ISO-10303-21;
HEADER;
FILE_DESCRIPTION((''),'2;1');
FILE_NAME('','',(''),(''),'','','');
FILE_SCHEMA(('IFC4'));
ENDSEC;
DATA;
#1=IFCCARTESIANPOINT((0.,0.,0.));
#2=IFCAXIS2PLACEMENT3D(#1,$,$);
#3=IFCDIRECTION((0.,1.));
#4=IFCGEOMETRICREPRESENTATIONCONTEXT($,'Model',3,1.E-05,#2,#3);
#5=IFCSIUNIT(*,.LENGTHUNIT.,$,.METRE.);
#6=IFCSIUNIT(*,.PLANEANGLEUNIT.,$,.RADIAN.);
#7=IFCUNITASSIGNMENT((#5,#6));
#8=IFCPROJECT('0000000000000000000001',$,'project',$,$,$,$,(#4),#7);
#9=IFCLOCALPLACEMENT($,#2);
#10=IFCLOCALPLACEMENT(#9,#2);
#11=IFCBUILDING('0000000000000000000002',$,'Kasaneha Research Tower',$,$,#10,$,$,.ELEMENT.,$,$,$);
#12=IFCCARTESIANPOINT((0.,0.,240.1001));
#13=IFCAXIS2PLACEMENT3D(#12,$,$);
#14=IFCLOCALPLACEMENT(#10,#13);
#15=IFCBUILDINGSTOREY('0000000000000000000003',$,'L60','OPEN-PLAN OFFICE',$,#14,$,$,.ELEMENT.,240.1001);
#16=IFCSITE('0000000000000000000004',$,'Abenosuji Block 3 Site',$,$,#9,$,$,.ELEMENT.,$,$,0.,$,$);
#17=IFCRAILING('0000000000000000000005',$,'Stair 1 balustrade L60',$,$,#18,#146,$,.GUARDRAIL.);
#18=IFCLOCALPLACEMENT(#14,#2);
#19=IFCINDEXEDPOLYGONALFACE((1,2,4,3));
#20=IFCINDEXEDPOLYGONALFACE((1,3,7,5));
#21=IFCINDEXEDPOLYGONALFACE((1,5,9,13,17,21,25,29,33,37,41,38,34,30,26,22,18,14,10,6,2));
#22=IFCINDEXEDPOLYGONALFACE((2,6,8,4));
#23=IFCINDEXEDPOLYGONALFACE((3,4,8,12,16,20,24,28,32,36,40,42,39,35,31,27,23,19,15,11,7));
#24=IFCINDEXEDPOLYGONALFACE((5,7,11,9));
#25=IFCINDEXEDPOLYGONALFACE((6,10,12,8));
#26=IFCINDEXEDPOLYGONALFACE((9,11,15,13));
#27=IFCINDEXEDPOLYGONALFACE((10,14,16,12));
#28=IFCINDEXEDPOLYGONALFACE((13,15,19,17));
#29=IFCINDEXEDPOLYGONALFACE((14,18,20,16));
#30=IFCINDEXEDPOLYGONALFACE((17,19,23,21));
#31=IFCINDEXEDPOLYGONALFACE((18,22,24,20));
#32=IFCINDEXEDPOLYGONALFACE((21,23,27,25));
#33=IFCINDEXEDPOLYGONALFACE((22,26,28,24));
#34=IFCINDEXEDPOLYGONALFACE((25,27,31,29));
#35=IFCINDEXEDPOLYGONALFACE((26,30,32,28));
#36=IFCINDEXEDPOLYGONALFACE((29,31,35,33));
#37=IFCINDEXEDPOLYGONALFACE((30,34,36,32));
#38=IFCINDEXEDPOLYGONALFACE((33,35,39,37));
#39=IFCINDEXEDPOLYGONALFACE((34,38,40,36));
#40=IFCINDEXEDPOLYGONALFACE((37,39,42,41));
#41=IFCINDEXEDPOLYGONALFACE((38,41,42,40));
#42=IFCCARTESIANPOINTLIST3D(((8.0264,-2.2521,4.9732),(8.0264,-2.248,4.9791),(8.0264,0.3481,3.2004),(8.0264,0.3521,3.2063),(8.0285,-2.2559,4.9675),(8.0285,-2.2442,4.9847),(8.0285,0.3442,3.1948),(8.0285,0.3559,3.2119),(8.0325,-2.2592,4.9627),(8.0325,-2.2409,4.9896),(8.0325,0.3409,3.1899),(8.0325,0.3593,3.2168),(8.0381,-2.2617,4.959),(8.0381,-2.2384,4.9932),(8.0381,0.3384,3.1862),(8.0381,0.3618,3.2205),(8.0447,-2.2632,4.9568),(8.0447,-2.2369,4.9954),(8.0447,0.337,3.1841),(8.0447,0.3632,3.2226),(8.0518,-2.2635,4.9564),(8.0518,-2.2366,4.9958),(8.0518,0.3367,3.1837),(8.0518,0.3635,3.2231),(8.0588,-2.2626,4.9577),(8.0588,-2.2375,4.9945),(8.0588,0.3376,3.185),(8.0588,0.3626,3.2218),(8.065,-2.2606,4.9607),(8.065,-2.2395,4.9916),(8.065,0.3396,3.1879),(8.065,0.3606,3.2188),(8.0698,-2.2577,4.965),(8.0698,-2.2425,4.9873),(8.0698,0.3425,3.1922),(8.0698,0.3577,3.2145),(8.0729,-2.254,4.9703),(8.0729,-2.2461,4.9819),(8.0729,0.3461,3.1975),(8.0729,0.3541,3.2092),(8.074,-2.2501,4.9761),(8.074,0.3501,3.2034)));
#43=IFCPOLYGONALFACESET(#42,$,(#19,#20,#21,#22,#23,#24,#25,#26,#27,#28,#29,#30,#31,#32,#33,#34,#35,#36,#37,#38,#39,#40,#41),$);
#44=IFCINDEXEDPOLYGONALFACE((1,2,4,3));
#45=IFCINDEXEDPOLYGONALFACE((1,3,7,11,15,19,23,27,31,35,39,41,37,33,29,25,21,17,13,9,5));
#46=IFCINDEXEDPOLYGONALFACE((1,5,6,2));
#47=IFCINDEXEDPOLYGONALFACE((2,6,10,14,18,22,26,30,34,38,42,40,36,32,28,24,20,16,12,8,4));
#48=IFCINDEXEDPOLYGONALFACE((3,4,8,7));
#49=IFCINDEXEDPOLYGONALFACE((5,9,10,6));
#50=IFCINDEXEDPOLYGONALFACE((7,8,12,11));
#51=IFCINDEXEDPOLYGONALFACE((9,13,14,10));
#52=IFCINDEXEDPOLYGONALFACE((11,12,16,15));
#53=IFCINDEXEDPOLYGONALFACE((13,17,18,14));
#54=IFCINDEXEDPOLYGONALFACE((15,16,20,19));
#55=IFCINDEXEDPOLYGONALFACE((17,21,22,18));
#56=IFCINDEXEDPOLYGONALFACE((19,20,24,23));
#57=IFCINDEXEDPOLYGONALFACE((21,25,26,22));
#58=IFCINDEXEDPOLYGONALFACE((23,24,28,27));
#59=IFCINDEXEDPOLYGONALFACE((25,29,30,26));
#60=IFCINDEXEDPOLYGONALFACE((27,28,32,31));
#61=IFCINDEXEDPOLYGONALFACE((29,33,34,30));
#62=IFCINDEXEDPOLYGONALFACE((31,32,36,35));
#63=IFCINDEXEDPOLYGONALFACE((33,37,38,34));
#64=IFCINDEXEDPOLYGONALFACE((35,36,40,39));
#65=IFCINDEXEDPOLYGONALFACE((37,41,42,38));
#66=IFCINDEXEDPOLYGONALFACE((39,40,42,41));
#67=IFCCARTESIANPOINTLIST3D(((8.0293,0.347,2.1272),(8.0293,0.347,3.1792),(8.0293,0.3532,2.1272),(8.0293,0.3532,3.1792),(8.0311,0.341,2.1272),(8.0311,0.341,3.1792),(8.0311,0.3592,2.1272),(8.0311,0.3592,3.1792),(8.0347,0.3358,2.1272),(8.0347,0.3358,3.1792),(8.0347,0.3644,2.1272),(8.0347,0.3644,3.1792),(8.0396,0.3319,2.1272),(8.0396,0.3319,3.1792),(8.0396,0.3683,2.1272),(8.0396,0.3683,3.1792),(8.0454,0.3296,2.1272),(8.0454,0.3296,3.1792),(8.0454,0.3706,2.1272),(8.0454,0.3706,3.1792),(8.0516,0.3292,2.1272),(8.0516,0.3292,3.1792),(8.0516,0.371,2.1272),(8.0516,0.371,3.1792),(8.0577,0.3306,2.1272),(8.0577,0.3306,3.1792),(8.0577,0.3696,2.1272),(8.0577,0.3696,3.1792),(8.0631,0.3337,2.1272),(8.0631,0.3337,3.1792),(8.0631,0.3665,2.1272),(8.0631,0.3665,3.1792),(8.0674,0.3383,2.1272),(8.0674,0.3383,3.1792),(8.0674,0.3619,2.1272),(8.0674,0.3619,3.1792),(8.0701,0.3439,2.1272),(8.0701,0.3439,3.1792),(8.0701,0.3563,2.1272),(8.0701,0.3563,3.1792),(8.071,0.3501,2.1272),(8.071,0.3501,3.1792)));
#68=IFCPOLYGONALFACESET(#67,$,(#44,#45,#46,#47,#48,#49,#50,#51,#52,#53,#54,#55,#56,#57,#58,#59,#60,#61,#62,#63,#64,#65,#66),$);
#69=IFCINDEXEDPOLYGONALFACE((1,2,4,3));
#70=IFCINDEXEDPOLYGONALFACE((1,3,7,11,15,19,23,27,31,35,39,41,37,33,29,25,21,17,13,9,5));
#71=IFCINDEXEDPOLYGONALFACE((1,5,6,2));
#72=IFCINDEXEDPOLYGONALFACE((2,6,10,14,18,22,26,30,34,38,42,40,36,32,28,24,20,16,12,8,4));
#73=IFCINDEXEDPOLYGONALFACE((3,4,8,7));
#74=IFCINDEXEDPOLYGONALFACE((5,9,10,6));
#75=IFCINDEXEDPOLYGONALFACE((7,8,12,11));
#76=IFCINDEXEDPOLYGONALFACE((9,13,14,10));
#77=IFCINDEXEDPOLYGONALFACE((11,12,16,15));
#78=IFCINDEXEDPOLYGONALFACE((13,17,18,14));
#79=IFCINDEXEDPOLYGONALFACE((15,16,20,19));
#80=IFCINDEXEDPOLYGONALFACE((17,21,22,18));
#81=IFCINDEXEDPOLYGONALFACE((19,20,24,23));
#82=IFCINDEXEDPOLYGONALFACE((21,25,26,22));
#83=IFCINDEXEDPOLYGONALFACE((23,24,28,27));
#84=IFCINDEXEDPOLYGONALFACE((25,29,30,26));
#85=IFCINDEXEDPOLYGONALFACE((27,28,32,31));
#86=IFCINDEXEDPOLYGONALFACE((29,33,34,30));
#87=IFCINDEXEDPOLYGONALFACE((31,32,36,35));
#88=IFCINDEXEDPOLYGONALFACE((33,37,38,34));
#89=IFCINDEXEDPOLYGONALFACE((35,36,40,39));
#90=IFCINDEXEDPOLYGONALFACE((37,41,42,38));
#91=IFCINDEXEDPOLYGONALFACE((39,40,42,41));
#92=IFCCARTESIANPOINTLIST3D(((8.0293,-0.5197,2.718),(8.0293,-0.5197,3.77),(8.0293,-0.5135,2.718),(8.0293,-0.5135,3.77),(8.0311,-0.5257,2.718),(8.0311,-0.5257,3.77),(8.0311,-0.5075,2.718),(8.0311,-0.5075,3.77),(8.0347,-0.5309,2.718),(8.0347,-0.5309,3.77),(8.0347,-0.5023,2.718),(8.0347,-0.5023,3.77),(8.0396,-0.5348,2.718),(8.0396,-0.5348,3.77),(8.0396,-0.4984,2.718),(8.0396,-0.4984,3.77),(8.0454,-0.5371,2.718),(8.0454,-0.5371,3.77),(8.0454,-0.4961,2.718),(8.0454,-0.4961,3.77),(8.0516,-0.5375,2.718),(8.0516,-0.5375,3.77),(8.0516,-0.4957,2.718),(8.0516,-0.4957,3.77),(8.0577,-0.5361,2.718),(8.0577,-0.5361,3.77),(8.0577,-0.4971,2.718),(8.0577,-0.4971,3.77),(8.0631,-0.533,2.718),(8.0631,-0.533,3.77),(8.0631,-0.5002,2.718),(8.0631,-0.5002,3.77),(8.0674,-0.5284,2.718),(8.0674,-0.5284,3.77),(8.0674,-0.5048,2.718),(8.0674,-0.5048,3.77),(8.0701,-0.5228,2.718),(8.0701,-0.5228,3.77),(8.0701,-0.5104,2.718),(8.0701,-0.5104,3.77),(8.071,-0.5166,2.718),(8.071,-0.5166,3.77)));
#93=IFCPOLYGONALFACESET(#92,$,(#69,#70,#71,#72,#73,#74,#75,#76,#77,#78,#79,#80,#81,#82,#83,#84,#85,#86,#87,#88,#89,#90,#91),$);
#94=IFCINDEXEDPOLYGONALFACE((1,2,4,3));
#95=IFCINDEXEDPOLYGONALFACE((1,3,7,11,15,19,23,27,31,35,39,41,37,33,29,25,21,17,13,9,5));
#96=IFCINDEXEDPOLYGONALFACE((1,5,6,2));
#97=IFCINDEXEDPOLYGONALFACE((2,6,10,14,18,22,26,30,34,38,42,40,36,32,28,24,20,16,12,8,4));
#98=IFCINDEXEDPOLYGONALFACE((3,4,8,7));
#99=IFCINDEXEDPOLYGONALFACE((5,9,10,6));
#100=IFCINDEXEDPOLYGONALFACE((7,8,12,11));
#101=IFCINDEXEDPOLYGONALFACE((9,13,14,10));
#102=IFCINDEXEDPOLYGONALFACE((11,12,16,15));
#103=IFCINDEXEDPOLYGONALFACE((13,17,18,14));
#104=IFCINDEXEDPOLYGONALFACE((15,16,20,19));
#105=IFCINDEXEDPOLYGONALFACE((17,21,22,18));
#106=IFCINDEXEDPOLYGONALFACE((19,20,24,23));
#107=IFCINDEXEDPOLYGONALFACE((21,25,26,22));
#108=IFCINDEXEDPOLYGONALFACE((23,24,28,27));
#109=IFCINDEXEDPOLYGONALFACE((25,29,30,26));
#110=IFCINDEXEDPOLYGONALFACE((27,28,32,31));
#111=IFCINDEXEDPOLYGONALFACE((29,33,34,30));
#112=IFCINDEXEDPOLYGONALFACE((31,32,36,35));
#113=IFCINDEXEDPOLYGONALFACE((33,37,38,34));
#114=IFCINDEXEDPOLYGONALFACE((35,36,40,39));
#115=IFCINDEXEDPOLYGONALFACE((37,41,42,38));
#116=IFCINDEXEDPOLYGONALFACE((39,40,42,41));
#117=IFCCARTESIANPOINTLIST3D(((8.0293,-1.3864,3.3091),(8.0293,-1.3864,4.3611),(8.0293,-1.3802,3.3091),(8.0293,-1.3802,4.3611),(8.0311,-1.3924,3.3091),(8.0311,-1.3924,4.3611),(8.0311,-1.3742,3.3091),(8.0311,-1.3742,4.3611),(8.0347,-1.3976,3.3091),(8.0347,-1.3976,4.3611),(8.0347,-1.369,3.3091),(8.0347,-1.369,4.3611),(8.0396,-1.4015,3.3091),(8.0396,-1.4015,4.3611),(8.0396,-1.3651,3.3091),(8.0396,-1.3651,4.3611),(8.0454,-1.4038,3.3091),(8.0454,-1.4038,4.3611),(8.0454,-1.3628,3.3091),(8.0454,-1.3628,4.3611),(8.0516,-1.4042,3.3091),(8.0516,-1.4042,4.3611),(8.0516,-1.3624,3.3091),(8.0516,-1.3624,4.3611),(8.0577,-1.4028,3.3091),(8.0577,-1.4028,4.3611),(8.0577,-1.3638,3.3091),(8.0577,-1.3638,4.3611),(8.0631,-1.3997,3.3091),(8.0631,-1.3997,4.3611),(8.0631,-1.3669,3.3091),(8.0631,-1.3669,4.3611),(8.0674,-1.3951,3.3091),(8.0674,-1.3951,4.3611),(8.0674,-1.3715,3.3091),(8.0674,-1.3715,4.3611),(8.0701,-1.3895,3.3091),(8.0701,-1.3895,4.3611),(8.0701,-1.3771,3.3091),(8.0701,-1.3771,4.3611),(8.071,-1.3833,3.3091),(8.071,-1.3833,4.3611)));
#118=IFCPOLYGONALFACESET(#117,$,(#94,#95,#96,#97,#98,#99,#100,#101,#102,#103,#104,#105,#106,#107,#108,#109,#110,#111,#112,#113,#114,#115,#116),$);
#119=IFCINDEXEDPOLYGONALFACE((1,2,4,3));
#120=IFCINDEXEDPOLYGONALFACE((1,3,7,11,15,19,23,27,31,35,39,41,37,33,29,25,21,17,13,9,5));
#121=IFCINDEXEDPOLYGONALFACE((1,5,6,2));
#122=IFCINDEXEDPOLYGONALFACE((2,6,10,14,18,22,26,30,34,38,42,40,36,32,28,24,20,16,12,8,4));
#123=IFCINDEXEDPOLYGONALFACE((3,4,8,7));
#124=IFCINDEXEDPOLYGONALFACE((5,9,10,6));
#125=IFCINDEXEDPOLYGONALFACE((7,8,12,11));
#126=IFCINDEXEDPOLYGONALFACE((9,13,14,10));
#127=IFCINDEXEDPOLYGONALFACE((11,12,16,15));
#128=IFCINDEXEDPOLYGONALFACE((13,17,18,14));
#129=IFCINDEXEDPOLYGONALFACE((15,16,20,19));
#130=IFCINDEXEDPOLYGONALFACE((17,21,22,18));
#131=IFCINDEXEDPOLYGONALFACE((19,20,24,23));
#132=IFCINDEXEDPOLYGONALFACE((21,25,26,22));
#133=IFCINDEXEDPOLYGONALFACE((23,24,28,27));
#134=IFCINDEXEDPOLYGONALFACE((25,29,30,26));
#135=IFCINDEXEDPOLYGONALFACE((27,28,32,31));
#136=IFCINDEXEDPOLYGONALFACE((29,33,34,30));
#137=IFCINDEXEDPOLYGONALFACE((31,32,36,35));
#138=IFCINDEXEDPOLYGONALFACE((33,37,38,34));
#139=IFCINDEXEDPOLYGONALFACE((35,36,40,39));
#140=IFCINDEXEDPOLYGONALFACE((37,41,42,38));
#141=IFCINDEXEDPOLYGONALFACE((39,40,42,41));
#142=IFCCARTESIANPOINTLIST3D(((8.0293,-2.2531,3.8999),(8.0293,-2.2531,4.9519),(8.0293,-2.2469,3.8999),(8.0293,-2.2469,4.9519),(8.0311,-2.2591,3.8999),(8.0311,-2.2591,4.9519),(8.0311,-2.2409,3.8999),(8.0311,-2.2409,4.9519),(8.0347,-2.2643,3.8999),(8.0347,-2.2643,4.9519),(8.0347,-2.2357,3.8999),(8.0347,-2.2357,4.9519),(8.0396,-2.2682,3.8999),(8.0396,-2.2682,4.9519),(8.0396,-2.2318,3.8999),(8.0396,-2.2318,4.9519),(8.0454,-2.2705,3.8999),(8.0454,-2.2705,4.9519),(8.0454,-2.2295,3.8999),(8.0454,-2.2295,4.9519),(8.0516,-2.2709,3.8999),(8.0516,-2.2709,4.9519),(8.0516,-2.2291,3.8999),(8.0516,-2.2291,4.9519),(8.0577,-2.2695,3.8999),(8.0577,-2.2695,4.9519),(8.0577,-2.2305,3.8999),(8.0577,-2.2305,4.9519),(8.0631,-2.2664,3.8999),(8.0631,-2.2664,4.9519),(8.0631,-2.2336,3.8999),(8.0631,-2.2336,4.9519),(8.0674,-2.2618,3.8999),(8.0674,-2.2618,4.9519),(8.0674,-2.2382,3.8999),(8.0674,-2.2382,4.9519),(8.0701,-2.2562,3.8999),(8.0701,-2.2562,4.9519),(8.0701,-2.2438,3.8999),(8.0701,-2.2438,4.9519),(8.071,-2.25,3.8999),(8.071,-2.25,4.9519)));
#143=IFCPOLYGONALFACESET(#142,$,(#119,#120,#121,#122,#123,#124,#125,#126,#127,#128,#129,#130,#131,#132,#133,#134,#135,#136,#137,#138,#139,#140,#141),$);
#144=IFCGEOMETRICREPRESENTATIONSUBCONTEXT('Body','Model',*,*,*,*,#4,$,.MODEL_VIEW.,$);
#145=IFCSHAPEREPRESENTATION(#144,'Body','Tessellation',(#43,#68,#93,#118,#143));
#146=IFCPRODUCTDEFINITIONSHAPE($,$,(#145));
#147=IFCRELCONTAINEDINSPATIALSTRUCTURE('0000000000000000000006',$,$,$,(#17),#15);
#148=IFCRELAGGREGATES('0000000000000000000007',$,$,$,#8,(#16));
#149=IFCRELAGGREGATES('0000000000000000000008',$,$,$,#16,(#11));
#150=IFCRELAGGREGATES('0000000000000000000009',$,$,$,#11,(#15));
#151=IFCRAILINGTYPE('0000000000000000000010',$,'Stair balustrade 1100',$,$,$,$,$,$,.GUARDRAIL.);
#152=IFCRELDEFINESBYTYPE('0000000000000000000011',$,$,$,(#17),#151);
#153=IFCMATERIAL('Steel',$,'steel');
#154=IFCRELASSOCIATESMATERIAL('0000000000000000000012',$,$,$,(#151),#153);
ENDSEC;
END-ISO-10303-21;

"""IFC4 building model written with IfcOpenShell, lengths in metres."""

from ifc_helpers import new_model, si_unit, direction, frame, origin, origin_2d, place, context, subcontext, project, spatial, circle, extrude, material, type_object, element, save


model = new_model("IFC4")

# Units and contexts
model_context = context("Model", 3, precision=1e-05, world=origin(), true_north=direction((0.0, 1.0)))
body_context = subcontext(model_context, "Body", "Model", "MODEL_VIEW")
ifc_project = project(units=[si_unit("LENGTHUNIT", "METRE"), si_unit("PLANEANGLEUNIT", "RADIAN")], contexts=[model_context])

# Site, building, storey
site_placement = place(None, origin())
site = spatial("IfcSite", under=ifc_project, at=site_placement, Name="Abenosuji Block 3 Site", CompositionType="ELEMENT", RefElevation=0.0)
building_placement = place(site_placement, origin())
building = spatial("IfcBuilding", under=site, at=building_placement, Name="Kasaneha Research Tower", CompositionType="ELEMENT")
storey_placement = place(building_placement, frame((0.0, 0.0, 240.1001)))
storey = spatial("IfcBuildingStorey", under=building, at=storey_placement, Name="L60", Description="OPEN-PLAN OFFICE", CompositionType="ELEMENT", Elevation=240.1001)

# Railing
ifc_material_1 = material(Name="Steel", Category="steel")
railing_type_1 = type_object("IfcRailingType", Name="Stair balustrade 1100", PredefinedType="GUARDRAIL", material=ifc_material_1)
railing_1_placement = place(storey_placement, frame((8.05, 0.3501, 2.1272)))
element("IfcRailing", 1, at=railing_1_placement, inside=storey, type_object=railing_type_1, Name="Stair 1 balustrade L60", PredefinedType="GUARDRAIL", context=body_context, shape_type="SweptSolid", body=[
    extrude(circle(Radius=0.0239, at=origin_2d()), frame((0.0, 0.0, 1.0762), z_axis=(0.0, -0.82624, 0.563318), x_axis=(1.0, 0.0, 0.0)), (0.0, 0.0, 1.0), 3.147),
    extrude(circle(Radius=0.021, at=origin_2d()), origin(), (0.0, 0.0, 1.0), 1.052),
    extrude(circle(Radius=0.021, at=origin_2d()), frame((0.0, -0.8667, 0.5908)), (0.0, 0.0, 1.0), 1.052),
    extrude(circle(Radius=0.021, at=origin_2d()), frame((0.0, -1.7334, 1.1819)), (0.0, 0.0, 1.0), 1.052),
    extrude(circle(Radius=0.021, at=origin_2d()), frame((0.0, -2.6001, 1.7727)), (0.0, 0.0, 1.0), 1.052),
])

save(model, "model.ifc")
